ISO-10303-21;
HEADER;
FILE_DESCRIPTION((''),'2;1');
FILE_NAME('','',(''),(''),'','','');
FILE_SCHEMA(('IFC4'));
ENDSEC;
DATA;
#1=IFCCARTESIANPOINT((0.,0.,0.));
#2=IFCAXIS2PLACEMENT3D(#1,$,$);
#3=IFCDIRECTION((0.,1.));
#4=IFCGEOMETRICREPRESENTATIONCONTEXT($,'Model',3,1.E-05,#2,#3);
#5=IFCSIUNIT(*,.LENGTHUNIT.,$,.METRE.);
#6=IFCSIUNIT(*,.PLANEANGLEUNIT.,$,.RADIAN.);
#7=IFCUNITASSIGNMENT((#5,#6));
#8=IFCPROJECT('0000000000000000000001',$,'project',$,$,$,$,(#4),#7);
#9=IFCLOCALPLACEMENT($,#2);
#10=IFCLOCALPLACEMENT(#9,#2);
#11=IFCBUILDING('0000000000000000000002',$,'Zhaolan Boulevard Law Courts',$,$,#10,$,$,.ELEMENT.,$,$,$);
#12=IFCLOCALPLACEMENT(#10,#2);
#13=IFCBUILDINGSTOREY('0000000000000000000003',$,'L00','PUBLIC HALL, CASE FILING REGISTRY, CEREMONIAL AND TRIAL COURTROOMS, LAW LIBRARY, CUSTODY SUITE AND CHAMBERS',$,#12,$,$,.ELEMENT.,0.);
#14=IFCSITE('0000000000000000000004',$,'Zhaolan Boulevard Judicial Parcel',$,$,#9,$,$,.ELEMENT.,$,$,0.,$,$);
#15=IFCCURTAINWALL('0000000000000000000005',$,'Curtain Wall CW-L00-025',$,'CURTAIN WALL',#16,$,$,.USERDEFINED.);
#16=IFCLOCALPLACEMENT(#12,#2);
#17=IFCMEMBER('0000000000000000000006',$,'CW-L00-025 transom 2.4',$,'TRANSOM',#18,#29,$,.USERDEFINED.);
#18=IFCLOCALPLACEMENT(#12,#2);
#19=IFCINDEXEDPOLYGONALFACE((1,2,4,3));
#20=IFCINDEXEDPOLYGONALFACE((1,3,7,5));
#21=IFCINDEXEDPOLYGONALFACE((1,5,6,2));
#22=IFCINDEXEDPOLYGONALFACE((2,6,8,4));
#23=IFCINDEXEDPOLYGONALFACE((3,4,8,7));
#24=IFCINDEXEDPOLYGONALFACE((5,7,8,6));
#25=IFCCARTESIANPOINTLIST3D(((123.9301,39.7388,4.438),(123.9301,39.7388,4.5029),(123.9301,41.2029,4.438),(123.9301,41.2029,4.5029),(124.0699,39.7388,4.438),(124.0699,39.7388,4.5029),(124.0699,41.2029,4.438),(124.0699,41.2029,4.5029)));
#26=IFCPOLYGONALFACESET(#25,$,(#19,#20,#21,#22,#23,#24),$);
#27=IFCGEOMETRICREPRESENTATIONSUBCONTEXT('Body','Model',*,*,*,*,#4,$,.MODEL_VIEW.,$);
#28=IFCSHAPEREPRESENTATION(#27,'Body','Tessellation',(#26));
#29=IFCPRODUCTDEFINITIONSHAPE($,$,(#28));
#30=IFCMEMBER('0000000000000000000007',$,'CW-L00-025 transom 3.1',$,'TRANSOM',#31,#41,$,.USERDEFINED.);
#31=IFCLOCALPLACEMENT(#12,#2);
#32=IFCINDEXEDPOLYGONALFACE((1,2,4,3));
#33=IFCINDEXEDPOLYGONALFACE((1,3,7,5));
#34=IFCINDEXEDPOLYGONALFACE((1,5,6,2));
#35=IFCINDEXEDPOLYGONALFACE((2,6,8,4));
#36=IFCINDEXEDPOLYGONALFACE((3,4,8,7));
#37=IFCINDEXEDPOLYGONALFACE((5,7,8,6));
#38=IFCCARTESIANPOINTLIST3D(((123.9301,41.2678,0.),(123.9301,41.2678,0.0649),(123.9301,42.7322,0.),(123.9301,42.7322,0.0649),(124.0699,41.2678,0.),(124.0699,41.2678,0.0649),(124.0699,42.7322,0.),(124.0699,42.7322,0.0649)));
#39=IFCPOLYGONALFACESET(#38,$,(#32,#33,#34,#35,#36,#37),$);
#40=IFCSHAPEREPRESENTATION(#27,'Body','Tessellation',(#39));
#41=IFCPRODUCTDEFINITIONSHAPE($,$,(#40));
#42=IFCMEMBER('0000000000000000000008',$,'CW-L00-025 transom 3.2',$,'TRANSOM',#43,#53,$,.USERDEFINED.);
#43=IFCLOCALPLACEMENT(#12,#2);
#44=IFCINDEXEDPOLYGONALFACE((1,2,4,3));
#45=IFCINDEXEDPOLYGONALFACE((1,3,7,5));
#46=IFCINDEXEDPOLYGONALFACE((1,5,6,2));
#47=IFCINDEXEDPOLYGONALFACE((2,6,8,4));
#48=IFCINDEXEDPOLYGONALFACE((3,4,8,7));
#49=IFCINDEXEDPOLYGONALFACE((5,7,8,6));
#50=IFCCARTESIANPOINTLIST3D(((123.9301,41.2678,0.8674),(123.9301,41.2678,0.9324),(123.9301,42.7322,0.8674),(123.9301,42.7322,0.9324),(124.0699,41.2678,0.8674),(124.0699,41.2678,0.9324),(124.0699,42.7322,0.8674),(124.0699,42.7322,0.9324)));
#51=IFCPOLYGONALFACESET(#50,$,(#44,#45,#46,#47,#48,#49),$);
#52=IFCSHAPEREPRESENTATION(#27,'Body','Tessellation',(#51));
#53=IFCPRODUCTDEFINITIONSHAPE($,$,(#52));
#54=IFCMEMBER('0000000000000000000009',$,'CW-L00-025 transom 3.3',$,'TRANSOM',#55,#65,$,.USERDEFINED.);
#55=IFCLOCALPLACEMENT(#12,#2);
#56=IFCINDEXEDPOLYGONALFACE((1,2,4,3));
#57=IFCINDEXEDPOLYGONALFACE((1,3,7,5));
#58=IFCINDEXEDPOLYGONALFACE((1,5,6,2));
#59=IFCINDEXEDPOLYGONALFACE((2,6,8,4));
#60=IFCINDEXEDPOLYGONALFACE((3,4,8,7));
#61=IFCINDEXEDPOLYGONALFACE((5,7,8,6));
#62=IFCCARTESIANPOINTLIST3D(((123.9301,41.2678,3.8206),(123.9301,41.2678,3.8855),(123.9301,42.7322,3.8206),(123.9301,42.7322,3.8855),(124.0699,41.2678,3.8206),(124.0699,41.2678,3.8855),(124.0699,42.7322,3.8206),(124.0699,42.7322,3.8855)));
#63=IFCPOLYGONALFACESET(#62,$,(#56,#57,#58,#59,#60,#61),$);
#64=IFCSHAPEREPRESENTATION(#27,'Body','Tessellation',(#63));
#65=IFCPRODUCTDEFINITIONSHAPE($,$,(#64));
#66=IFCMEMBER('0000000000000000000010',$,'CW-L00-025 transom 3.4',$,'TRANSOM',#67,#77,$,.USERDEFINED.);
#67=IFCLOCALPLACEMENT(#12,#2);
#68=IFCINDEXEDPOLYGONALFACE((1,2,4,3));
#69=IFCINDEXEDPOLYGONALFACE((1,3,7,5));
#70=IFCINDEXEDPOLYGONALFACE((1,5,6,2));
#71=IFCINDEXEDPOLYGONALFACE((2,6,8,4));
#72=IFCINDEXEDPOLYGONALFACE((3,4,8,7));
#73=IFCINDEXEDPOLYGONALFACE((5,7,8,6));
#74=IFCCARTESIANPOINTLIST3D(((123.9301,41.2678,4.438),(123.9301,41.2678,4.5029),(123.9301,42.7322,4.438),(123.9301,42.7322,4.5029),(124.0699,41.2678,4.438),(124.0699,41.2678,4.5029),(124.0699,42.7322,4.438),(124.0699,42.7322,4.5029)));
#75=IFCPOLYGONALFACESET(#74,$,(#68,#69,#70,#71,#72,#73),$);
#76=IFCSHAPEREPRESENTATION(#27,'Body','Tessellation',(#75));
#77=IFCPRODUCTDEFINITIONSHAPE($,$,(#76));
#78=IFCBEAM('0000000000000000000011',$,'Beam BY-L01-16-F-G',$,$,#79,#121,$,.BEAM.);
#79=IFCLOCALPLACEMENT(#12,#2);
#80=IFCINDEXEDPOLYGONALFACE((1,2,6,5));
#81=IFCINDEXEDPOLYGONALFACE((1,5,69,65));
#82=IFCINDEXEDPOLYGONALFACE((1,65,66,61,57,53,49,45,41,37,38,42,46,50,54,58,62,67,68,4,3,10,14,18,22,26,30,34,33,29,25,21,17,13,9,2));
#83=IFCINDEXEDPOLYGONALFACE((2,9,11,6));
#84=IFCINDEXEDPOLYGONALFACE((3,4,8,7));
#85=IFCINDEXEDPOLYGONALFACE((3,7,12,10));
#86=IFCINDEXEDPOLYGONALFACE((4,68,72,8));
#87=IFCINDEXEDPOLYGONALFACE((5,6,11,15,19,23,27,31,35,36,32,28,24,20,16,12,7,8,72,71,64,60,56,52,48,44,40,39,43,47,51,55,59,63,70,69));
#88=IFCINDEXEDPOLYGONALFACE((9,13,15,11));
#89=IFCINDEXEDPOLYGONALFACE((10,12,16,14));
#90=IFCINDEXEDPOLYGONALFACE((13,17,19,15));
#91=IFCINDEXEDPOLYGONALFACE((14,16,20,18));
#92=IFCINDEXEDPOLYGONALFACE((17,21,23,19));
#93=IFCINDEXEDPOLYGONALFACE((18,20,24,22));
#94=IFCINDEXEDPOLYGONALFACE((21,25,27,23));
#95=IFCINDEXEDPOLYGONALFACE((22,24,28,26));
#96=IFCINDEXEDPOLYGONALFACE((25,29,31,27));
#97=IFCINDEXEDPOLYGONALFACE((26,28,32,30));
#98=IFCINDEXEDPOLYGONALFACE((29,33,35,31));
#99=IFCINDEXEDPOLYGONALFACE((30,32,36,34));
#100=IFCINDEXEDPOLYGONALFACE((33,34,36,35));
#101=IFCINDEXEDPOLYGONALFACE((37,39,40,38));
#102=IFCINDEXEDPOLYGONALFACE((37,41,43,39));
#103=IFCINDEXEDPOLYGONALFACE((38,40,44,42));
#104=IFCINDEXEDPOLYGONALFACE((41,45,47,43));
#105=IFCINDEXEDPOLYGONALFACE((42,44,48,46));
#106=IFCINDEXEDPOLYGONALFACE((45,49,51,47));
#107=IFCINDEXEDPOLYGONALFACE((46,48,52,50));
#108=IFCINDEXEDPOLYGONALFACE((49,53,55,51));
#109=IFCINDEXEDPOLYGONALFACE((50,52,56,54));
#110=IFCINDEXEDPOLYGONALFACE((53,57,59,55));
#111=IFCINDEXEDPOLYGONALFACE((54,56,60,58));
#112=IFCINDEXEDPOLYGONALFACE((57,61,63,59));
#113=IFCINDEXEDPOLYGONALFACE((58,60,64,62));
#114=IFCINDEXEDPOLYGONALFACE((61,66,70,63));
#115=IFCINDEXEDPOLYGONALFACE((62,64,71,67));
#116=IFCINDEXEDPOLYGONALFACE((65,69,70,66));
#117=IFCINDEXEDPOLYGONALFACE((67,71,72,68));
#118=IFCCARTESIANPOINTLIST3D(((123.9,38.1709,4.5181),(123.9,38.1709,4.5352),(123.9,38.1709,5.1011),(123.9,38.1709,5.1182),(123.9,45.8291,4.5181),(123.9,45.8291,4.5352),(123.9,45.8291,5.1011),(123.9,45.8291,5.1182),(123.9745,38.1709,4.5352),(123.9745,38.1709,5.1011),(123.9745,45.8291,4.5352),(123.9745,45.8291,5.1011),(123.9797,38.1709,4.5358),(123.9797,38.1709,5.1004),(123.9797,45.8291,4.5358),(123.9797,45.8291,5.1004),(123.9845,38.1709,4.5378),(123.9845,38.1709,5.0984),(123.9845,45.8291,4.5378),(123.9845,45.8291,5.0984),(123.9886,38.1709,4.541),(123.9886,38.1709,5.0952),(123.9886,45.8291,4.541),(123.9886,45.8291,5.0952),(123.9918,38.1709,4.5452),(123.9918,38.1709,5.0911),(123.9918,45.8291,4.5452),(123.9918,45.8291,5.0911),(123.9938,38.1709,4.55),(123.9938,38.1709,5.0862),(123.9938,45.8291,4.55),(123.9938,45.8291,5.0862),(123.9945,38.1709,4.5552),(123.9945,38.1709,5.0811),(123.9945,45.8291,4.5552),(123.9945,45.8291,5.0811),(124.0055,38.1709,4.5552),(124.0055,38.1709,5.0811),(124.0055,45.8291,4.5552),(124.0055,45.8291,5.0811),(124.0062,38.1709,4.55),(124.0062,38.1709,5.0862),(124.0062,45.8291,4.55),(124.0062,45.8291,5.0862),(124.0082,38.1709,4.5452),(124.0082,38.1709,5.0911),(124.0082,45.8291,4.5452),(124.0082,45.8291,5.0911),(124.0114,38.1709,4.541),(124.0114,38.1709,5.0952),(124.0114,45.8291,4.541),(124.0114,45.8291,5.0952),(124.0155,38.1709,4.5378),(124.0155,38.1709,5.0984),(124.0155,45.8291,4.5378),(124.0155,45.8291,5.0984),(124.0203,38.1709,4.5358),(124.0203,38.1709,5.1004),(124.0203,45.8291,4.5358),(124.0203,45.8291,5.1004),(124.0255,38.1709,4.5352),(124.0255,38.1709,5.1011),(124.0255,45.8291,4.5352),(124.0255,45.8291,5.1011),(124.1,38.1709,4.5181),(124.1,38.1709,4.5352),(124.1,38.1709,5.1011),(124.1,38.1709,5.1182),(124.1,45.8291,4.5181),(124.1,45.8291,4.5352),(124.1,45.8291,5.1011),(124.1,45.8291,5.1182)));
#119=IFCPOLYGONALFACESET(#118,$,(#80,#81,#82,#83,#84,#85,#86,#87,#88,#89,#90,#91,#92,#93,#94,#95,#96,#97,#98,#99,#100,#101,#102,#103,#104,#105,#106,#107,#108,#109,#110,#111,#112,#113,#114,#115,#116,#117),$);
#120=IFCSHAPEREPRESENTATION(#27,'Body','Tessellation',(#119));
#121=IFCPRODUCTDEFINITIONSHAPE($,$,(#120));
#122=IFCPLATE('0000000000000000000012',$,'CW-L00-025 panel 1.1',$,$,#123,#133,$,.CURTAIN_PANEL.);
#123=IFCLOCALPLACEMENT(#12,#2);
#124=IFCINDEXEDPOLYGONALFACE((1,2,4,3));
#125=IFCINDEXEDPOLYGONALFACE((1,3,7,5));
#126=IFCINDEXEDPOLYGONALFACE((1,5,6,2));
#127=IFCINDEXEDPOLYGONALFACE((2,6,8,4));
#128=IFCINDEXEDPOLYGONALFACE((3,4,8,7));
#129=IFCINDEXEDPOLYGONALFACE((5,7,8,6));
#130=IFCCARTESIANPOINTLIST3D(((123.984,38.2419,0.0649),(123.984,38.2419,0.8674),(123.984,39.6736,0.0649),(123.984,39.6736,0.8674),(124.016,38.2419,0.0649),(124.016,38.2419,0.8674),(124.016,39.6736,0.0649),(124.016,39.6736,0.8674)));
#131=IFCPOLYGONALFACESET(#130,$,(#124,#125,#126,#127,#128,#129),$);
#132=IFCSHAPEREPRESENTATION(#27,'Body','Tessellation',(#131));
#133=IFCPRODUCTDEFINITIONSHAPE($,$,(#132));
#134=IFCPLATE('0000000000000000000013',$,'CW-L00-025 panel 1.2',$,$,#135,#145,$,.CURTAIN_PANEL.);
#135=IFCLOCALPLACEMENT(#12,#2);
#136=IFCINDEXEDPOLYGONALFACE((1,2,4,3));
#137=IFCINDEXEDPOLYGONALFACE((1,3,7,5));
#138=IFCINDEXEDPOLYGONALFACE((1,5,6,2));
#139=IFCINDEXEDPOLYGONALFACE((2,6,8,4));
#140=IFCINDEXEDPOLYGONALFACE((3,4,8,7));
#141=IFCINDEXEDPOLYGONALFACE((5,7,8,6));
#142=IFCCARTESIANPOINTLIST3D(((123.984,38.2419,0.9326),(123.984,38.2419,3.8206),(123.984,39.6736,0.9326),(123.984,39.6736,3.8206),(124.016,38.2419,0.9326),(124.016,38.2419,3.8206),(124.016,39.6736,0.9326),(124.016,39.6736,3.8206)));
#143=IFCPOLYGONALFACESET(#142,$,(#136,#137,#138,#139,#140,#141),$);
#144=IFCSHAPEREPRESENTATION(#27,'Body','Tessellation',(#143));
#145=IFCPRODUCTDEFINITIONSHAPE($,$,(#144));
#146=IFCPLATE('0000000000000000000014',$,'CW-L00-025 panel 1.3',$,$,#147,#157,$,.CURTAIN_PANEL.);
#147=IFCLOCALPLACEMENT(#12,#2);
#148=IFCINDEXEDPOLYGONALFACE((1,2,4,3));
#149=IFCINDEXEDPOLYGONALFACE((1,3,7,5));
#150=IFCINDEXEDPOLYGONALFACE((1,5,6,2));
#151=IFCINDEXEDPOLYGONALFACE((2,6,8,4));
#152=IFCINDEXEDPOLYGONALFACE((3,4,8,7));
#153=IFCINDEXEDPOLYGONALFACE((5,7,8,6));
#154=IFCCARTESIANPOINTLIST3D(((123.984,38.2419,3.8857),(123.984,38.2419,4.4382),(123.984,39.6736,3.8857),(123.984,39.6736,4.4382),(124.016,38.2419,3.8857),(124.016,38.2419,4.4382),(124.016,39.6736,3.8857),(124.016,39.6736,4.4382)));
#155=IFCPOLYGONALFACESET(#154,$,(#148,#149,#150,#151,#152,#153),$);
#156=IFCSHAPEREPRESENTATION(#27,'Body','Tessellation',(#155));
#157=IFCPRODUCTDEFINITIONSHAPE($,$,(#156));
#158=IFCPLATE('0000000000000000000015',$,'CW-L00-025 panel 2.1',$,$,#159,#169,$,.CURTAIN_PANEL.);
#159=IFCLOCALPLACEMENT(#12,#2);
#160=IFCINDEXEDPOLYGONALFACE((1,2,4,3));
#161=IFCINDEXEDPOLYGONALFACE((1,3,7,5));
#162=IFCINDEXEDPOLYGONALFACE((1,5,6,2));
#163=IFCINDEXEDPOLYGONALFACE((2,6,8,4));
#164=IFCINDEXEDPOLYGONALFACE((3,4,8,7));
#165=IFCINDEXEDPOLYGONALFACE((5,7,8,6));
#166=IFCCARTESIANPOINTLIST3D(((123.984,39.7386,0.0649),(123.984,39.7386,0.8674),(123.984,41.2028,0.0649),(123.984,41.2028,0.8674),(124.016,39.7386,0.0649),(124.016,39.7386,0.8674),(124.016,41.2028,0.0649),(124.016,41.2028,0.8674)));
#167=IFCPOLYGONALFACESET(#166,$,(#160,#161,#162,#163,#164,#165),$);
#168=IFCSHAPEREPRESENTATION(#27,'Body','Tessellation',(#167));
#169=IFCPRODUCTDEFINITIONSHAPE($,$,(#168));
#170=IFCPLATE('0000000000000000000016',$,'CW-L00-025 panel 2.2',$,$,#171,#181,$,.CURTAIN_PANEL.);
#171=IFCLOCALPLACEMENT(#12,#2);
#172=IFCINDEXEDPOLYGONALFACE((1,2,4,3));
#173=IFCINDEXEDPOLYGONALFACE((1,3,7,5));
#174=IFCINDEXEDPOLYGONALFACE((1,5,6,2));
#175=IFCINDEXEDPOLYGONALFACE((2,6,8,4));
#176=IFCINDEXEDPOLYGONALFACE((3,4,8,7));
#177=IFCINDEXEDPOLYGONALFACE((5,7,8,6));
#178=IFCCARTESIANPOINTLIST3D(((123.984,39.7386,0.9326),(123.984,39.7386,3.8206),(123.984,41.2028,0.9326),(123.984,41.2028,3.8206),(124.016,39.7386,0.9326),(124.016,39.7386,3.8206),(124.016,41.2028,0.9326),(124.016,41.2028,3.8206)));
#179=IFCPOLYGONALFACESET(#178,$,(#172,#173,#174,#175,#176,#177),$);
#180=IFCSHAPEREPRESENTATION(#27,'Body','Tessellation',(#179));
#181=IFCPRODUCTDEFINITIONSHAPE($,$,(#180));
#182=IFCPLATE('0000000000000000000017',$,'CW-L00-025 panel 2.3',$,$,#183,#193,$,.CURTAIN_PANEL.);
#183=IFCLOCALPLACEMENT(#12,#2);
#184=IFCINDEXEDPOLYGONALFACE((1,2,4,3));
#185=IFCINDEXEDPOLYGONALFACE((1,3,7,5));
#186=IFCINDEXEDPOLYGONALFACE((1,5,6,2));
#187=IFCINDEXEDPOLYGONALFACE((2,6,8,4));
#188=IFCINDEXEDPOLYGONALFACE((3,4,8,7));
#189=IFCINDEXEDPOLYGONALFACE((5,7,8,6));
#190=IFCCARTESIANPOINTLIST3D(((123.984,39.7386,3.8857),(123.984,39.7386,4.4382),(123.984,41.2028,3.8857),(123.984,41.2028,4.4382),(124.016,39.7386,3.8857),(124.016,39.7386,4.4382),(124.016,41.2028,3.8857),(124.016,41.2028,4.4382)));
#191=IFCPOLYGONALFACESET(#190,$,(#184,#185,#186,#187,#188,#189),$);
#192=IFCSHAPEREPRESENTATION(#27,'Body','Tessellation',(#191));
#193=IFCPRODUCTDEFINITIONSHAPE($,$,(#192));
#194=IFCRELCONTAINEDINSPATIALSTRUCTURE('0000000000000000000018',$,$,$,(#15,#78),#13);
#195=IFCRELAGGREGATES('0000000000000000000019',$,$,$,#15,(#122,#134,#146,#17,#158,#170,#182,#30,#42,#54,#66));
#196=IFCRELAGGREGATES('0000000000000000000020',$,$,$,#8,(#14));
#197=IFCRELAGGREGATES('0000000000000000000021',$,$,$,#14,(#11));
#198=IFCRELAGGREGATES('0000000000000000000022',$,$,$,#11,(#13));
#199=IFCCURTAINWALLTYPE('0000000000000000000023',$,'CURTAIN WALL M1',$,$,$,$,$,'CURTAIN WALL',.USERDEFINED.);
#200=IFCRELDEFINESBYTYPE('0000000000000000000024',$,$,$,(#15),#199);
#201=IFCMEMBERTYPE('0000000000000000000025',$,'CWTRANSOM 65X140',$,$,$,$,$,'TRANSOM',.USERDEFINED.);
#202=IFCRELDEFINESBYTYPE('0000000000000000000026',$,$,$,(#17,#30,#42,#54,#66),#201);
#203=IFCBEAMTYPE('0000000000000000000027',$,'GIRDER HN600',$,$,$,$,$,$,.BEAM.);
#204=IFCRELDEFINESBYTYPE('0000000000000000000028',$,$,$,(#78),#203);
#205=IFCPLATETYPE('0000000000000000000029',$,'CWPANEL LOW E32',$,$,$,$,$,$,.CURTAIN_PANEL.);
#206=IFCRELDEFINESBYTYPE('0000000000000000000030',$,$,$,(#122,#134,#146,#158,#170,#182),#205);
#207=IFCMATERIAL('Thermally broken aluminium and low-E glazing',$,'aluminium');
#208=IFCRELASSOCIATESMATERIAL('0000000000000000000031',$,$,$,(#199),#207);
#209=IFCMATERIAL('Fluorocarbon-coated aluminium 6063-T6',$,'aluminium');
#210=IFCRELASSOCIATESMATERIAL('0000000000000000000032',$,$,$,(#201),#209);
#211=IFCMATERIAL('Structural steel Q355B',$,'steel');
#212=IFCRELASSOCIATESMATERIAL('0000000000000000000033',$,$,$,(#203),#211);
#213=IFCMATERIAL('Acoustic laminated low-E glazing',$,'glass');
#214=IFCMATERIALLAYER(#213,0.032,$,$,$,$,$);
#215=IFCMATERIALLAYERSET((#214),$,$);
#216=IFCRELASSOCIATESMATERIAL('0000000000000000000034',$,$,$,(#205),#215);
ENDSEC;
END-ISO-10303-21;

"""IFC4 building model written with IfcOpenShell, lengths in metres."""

from ifc_helpers import new_model, si_unit, direction, frame, origin, origin_2d, place, context, subcontext, project, spatial, rectangle, i_section, extrude, material, layer, layer_set, material_profile, profile_set, type_object, element, aggregate, save


model = new_model("IFC4")

# Units and contexts
model_context = context("Model", 3, precision=1e-05, world=origin(), true_north=direction((0.0, 1.0)))
body_context = subcontext(model_context, "Body", "Model", "MODEL_VIEW")
ifc_project = project(units=[si_unit("LENGTHUNIT", "METRE"), si_unit("PLANEANGLEUNIT", "RADIAN")], contexts=[model_context])

# Site, building, storey
site_placement = place(None, origin())
site = spatial("IfcSite", under=ifc_project, at=site_placement, Name="Zhaolan Boulevard Judicial Parcel", CompositionType="ELEMENT", RefElevation=0.0)
building_placement = place(site_placement, origin())
building = spatial("IfcBuilding", under=site, at=building_placement, Name="Zhaolan Boulevard Law Courts", CompositionType="ELEMENT")
storey_placement = place(building_placement, origin())
storey = spatial("IfcBuildingStorey", under=building, at=storey_placement, Name="L00", Description="PUBLIC HALL, CASE FILING REGISTRY, CEREMONIAL AND TRIAL COURTROOMS, LAW LIBRARY, CUSTODY SUITE AND CHAMBERS", CompositionType="ELEMENT", Elevation=0.0)

# Curtain wall, members
ifc_material_1 = material(Name="Thermally broken aluminium and low-E glazing", Category="aluminium")
curtain_wall_type_1 = type_object("IfcCurtainWallType", Name="CURTAIN WALL M1", ElementType="CURTAIN WALL", PredefinedType="USERDEFINED", material=ifc_material_1)
curtain_wall_1_placement = place(storey_placement, origin())
curtain_wall_1 = element("IfcCurtainWall", 1, at=curtain_wall_1_placement, inside=storey, type_object=curtain_wall_type_1, Name="Curtain Wall CW-L00-025", ObjectType="CURTAIN WALL", PredefinedType="USERDEFINED")
ifc_material_2 = material(Name="Fluorocarbon-coated aluminium 6063-T6", Category="aluminium")
ifc_material_profile_1 = material_profile(ifc_material_2, rectangle(XDim=0.1399, YDim=0.0649, at=origin_2d()), Name="AL65x140")
ifc_profile_set_1 = profile_set([ifc_material_profile_1], Name="Fluorocarbon-coated aluminium 6063-T6")
member_type_1 = type_object("IfcMemberType", Name="CWTRANSOM 65X140", ElementType="TRANSOM", PredefinedType="USERDEFINED", material=ifc_profile_set_1)
member_1_placement = place(storey_placement, frame((124.0, 39.7388, 4.4705), z_axis=(0.0, 1.0, 0.0), x_axis=(-1.0, 0.0, 0.0)))
member_1 = element("IfcMember", 2, at=member_1_placement, type_object=member_type_1, Name="CW-L00-025 transom 2.4", ObjectType="TRANSOM", PredefinedType="USERDEFINED", context=body_context, shape_type="SweptSolid", body=[
    extrude(rectangle(XDim=0.1399, YDim=0.0649, at=origin_2d()), origin(), (0.0, 0.0, 1.0), 1.4641),
])
member_2_placement = place(storey_placement, frame((124.0, 41.2678, 0.0325), z_axis=(0.0, 1.0, 0.0), x_axis=(-1.0, 0.0, 0.0)))
member_2 = element("IfcMember", 3, at=member_2_placement, type_object=member_type_1, Name="CW-L00-025 transom 3.1", ObjectType="TRANSOM", PredefinedType="USERDEFINED", context=body_context, shape_type="SweptSolid", body=[
    extrude(rectangle(XDim=0.1399, YDim=0.0649, at=origin_2d()), origin(), (0.0, 0.0, 1.0), 1.4644),
])
member_3_placement = place(storey_placement, frame((124.0, 41.2678, 0.8999), z_axis=(0.0, 1.0, 0.0), x_axis=(-1.0, 0.0, 0.0)))
member_3 = element("IfcMember", 4, at=member_3_placement, type_object=member_type_1, Name="CW-L00-025 transom 3.2", ObjectType="TRANSOM", PredefinedType="USERDEFINED", context=body_context, shape_type="SweptSolid", body=[
    extrude(rectangle(XDim=0.1399, YDim=0.0649, at=origin_2d()), origin(), (0.0, 0.0, 1.0), 1.4644),
])
member_4_placement = place(storey_placement, frame((124.0, 41.2678, 3.853), z_axis=(0.0, 1.0, 0.0), x_axis=(-1.0, 0.0, 0.0)))
member_4 = element("IfcMember", 5, at=member_4_placement, type_object=member_type_1, Name="CW-L00-025 transom 3.3", ObjectType="TRANSOM", PredefinedType="USERDEFINED", context=body_context, shape_type="SweptSolid", body=[
    extrude(rectangle(XDim=0.1399, YDim=0.0649, at=origin_2d()), origin(), (0.0, 0.0, 1.0), 1.4644),
])
member_5_placement = place(storey_placement, frame((124.0, 41.2678, 4.4705), z_axis=(0.0, 1.0, 0.0), x_axis=(-1.0, 0.0, 0.0)))
member_5 = element("IfcMember", 6, at=member_5_placement, type_object=member_type_1, Name="CW-L00-025 transom 3.4", ObjectType="TRANSOM", PredefinedType="USERDEFINED", context=body_context, shape_type="SweptSolid", body=[
    extrude(rectangle(XDim=0.1399, YDim=0.0649, at=origin_2d()), origin(), (0.0, 0.0, 1.0), 1.4644),
])

# Beam
ifc_material_3 = material(Name="Structural steel Q355B", Category="steel")
ifc_material_profile_2 = material_profile(ifc_material_3, i_section(OverallWidth=0.2, OverallDepth=0.6001, WebThickness=0.011, FlangeThickness=0.0171, FilletRadius=0.02, at=origin_2d()), Name="HN600x200")
ifc_profile_set_2 = profile_set([ifc_material_profile_2], Name="Structural steel Q355B")
beam_type = type_object("IfcBeamType", Name="GIRDER HN600", PredefinedType="BEAM", material=ifc_profile_set_2)
beam_placement = place(storey_placement, frame((124.0, 38.1709, 4.8181), z_axis=(0.0, 1.0, 0.0), x_axis=(-1.0, 0.0, 0.0)))
element("IfcBeam", 7, at=beam_placement, inside=storey, type_object=beam_type, Name="Beam BY-L01-16-F-G", PredefinedType="BEAM", context=body_context, shape_type="SweptSolid", body=[
    extrude(i_section(OverallWidth=0.2, OverallDepth=0.6001, WebThickness=0.011, FlangeThickness=0.0171, FilletRadius=0.02, at=origin_2d()), origin(), (0.0, 0.0, 1.0), 7.6582),
])

# Plates
ifc_material_4 = material(Name="Acoustic laminated low-E glazing", Category="glass")
ifc_layer = layer(ifc_material_4, 0.032)
ifc_layer_set = layer_set([ifc_layer])
plate_type = type_object("IfcPlateType", Name="CWPANEL LOW E32", PredefinedType="CURTAIN_PANEL", material=ifc_layer_set)
plate_1_placement = place(storey_placement, frame((124.0, 38.9578, 0.0649), z_axis=(0.0, 0.0, 1.0), x_axis=(0.0, 1.0, 0.0)))
plate_1 = element("IfcPlate", 8, at=plate_1_placement, type_object=plate_type, Name="CW-L00-025 panel 1.1", PredefinedType="CURTAIN_PANEL", context=body_context, shape_type="SweptSolid", body=[
    extrude(rectangle(XDim=1.4316, YDim=0.032, at=origin_2d()), origin(), (0.0, 0.0, 1.0), 0.8025),
])
plate_2_placement = place(storey_placement, frame((124.0, 38.9578, 0.9326), z_axis=(0.0, 0.0, 1.0), x_axis=(0.0, 1.0, 0.0)))
plate_2 = element("IfcPlate", 9, at=plate_2_placement, type_object=plate_type, Name="CW-L00-025 panel 1.2", PredefinedType="CURTAIN_PANEL", context=body_context, shape_type="SweptSolid", body=[
    extrude(rectangle(XDim=1.4316, YDim=0.032, at=origin_2d()), origin(), (0.0, 0.0, 1.0), 2.8879),
])
plate_3_placement = place(storey_placement, frame((124.0, 38.9578, 3.8857), z_axis=(0.0, 0.0, 1.0), x_axis=(0.0, 1.0, 0.0)))
plate_3 = element("IfcPlate", 10, at=plate_3_placement, type_object=plate_type, Name="CW-L00-025 panel 1.3", PredefinedType="CURTAIN_PANEL", context=body_context, shape_type="SweptSolid", body=[
    extrude(rectangle(XDim=1.4316, YDim=0.032, at=origin_2d()), origin(), (0.0, 0.0, 1.0), 0.5525),
])
plate_4_placement = place(storey_placement, frame((124.0, 40.4707, 0.0649), z_axis=(0.0, 0.0, 1.0), x_axis=(0.0, 1.0, 0.0)))
plate_4 = element("IfcPlate", 11, at=plate_4_placement, type_object=plate_type, Name="CW-L00-025 panel 2.1", PredefinedType="CURTAIN_PANEL", context=body_context, shape_type="SweptSolid", body=[
    extrude(rectangle(XDim=1.4641, YDim=0.032, at=origin_2d()), origin(), (0.0, 0.0, 1.0), 0.8025),
])
plate_5_placement = place(storey_placement, frame((124.0, 40.4707, 0.9326), z_axis=(0.0, 0.0, 1.0), x_axis=(0.0, 1.0, 0.0)))
plate_5 = element("IfcPlate", 12, at=plate_5_placement, type_object=plate_type, Name="CW-L00-025 panel 2.2", PredefinedType="CURTAIN_PANEL", context=body_context, shape_type="SweptSolid", body=[
    extrude(rectangle(XDim=1.4641, YDim=0.032, at=origin_2d()), origin(), (0.0, 0.0, 1.0), 2.8879),
])
plate_6_placement = place(storey_placement, frame((124.0, 40.4707, 3.8857), z_axis=(0.0, 0.0, 1.0), x_axis=(0.0, 1.0, 0.0)))
plate_6 = element("IfcPlate", 13, at=plate_6_placement, type_object=plate_type, Name="CW-L00-025 panel 2.3", PredefinedType="CURTAIN_PANEL", context=body_context, shape_type="SweptSolid", body=[
    extrude(rectangle(XDim=1.4641, YDim=0.032, at=origin_2d()), origin(), (0.0, 0.0, 1.0), 0.5525),
])
aggregate(curtain_wall_1, [plate_1, plate_2, plate_3, member_1, plate_4, plate_5, plate_6, member_2, member_3, member_4, member_5])

save(model, "model.ifc")
